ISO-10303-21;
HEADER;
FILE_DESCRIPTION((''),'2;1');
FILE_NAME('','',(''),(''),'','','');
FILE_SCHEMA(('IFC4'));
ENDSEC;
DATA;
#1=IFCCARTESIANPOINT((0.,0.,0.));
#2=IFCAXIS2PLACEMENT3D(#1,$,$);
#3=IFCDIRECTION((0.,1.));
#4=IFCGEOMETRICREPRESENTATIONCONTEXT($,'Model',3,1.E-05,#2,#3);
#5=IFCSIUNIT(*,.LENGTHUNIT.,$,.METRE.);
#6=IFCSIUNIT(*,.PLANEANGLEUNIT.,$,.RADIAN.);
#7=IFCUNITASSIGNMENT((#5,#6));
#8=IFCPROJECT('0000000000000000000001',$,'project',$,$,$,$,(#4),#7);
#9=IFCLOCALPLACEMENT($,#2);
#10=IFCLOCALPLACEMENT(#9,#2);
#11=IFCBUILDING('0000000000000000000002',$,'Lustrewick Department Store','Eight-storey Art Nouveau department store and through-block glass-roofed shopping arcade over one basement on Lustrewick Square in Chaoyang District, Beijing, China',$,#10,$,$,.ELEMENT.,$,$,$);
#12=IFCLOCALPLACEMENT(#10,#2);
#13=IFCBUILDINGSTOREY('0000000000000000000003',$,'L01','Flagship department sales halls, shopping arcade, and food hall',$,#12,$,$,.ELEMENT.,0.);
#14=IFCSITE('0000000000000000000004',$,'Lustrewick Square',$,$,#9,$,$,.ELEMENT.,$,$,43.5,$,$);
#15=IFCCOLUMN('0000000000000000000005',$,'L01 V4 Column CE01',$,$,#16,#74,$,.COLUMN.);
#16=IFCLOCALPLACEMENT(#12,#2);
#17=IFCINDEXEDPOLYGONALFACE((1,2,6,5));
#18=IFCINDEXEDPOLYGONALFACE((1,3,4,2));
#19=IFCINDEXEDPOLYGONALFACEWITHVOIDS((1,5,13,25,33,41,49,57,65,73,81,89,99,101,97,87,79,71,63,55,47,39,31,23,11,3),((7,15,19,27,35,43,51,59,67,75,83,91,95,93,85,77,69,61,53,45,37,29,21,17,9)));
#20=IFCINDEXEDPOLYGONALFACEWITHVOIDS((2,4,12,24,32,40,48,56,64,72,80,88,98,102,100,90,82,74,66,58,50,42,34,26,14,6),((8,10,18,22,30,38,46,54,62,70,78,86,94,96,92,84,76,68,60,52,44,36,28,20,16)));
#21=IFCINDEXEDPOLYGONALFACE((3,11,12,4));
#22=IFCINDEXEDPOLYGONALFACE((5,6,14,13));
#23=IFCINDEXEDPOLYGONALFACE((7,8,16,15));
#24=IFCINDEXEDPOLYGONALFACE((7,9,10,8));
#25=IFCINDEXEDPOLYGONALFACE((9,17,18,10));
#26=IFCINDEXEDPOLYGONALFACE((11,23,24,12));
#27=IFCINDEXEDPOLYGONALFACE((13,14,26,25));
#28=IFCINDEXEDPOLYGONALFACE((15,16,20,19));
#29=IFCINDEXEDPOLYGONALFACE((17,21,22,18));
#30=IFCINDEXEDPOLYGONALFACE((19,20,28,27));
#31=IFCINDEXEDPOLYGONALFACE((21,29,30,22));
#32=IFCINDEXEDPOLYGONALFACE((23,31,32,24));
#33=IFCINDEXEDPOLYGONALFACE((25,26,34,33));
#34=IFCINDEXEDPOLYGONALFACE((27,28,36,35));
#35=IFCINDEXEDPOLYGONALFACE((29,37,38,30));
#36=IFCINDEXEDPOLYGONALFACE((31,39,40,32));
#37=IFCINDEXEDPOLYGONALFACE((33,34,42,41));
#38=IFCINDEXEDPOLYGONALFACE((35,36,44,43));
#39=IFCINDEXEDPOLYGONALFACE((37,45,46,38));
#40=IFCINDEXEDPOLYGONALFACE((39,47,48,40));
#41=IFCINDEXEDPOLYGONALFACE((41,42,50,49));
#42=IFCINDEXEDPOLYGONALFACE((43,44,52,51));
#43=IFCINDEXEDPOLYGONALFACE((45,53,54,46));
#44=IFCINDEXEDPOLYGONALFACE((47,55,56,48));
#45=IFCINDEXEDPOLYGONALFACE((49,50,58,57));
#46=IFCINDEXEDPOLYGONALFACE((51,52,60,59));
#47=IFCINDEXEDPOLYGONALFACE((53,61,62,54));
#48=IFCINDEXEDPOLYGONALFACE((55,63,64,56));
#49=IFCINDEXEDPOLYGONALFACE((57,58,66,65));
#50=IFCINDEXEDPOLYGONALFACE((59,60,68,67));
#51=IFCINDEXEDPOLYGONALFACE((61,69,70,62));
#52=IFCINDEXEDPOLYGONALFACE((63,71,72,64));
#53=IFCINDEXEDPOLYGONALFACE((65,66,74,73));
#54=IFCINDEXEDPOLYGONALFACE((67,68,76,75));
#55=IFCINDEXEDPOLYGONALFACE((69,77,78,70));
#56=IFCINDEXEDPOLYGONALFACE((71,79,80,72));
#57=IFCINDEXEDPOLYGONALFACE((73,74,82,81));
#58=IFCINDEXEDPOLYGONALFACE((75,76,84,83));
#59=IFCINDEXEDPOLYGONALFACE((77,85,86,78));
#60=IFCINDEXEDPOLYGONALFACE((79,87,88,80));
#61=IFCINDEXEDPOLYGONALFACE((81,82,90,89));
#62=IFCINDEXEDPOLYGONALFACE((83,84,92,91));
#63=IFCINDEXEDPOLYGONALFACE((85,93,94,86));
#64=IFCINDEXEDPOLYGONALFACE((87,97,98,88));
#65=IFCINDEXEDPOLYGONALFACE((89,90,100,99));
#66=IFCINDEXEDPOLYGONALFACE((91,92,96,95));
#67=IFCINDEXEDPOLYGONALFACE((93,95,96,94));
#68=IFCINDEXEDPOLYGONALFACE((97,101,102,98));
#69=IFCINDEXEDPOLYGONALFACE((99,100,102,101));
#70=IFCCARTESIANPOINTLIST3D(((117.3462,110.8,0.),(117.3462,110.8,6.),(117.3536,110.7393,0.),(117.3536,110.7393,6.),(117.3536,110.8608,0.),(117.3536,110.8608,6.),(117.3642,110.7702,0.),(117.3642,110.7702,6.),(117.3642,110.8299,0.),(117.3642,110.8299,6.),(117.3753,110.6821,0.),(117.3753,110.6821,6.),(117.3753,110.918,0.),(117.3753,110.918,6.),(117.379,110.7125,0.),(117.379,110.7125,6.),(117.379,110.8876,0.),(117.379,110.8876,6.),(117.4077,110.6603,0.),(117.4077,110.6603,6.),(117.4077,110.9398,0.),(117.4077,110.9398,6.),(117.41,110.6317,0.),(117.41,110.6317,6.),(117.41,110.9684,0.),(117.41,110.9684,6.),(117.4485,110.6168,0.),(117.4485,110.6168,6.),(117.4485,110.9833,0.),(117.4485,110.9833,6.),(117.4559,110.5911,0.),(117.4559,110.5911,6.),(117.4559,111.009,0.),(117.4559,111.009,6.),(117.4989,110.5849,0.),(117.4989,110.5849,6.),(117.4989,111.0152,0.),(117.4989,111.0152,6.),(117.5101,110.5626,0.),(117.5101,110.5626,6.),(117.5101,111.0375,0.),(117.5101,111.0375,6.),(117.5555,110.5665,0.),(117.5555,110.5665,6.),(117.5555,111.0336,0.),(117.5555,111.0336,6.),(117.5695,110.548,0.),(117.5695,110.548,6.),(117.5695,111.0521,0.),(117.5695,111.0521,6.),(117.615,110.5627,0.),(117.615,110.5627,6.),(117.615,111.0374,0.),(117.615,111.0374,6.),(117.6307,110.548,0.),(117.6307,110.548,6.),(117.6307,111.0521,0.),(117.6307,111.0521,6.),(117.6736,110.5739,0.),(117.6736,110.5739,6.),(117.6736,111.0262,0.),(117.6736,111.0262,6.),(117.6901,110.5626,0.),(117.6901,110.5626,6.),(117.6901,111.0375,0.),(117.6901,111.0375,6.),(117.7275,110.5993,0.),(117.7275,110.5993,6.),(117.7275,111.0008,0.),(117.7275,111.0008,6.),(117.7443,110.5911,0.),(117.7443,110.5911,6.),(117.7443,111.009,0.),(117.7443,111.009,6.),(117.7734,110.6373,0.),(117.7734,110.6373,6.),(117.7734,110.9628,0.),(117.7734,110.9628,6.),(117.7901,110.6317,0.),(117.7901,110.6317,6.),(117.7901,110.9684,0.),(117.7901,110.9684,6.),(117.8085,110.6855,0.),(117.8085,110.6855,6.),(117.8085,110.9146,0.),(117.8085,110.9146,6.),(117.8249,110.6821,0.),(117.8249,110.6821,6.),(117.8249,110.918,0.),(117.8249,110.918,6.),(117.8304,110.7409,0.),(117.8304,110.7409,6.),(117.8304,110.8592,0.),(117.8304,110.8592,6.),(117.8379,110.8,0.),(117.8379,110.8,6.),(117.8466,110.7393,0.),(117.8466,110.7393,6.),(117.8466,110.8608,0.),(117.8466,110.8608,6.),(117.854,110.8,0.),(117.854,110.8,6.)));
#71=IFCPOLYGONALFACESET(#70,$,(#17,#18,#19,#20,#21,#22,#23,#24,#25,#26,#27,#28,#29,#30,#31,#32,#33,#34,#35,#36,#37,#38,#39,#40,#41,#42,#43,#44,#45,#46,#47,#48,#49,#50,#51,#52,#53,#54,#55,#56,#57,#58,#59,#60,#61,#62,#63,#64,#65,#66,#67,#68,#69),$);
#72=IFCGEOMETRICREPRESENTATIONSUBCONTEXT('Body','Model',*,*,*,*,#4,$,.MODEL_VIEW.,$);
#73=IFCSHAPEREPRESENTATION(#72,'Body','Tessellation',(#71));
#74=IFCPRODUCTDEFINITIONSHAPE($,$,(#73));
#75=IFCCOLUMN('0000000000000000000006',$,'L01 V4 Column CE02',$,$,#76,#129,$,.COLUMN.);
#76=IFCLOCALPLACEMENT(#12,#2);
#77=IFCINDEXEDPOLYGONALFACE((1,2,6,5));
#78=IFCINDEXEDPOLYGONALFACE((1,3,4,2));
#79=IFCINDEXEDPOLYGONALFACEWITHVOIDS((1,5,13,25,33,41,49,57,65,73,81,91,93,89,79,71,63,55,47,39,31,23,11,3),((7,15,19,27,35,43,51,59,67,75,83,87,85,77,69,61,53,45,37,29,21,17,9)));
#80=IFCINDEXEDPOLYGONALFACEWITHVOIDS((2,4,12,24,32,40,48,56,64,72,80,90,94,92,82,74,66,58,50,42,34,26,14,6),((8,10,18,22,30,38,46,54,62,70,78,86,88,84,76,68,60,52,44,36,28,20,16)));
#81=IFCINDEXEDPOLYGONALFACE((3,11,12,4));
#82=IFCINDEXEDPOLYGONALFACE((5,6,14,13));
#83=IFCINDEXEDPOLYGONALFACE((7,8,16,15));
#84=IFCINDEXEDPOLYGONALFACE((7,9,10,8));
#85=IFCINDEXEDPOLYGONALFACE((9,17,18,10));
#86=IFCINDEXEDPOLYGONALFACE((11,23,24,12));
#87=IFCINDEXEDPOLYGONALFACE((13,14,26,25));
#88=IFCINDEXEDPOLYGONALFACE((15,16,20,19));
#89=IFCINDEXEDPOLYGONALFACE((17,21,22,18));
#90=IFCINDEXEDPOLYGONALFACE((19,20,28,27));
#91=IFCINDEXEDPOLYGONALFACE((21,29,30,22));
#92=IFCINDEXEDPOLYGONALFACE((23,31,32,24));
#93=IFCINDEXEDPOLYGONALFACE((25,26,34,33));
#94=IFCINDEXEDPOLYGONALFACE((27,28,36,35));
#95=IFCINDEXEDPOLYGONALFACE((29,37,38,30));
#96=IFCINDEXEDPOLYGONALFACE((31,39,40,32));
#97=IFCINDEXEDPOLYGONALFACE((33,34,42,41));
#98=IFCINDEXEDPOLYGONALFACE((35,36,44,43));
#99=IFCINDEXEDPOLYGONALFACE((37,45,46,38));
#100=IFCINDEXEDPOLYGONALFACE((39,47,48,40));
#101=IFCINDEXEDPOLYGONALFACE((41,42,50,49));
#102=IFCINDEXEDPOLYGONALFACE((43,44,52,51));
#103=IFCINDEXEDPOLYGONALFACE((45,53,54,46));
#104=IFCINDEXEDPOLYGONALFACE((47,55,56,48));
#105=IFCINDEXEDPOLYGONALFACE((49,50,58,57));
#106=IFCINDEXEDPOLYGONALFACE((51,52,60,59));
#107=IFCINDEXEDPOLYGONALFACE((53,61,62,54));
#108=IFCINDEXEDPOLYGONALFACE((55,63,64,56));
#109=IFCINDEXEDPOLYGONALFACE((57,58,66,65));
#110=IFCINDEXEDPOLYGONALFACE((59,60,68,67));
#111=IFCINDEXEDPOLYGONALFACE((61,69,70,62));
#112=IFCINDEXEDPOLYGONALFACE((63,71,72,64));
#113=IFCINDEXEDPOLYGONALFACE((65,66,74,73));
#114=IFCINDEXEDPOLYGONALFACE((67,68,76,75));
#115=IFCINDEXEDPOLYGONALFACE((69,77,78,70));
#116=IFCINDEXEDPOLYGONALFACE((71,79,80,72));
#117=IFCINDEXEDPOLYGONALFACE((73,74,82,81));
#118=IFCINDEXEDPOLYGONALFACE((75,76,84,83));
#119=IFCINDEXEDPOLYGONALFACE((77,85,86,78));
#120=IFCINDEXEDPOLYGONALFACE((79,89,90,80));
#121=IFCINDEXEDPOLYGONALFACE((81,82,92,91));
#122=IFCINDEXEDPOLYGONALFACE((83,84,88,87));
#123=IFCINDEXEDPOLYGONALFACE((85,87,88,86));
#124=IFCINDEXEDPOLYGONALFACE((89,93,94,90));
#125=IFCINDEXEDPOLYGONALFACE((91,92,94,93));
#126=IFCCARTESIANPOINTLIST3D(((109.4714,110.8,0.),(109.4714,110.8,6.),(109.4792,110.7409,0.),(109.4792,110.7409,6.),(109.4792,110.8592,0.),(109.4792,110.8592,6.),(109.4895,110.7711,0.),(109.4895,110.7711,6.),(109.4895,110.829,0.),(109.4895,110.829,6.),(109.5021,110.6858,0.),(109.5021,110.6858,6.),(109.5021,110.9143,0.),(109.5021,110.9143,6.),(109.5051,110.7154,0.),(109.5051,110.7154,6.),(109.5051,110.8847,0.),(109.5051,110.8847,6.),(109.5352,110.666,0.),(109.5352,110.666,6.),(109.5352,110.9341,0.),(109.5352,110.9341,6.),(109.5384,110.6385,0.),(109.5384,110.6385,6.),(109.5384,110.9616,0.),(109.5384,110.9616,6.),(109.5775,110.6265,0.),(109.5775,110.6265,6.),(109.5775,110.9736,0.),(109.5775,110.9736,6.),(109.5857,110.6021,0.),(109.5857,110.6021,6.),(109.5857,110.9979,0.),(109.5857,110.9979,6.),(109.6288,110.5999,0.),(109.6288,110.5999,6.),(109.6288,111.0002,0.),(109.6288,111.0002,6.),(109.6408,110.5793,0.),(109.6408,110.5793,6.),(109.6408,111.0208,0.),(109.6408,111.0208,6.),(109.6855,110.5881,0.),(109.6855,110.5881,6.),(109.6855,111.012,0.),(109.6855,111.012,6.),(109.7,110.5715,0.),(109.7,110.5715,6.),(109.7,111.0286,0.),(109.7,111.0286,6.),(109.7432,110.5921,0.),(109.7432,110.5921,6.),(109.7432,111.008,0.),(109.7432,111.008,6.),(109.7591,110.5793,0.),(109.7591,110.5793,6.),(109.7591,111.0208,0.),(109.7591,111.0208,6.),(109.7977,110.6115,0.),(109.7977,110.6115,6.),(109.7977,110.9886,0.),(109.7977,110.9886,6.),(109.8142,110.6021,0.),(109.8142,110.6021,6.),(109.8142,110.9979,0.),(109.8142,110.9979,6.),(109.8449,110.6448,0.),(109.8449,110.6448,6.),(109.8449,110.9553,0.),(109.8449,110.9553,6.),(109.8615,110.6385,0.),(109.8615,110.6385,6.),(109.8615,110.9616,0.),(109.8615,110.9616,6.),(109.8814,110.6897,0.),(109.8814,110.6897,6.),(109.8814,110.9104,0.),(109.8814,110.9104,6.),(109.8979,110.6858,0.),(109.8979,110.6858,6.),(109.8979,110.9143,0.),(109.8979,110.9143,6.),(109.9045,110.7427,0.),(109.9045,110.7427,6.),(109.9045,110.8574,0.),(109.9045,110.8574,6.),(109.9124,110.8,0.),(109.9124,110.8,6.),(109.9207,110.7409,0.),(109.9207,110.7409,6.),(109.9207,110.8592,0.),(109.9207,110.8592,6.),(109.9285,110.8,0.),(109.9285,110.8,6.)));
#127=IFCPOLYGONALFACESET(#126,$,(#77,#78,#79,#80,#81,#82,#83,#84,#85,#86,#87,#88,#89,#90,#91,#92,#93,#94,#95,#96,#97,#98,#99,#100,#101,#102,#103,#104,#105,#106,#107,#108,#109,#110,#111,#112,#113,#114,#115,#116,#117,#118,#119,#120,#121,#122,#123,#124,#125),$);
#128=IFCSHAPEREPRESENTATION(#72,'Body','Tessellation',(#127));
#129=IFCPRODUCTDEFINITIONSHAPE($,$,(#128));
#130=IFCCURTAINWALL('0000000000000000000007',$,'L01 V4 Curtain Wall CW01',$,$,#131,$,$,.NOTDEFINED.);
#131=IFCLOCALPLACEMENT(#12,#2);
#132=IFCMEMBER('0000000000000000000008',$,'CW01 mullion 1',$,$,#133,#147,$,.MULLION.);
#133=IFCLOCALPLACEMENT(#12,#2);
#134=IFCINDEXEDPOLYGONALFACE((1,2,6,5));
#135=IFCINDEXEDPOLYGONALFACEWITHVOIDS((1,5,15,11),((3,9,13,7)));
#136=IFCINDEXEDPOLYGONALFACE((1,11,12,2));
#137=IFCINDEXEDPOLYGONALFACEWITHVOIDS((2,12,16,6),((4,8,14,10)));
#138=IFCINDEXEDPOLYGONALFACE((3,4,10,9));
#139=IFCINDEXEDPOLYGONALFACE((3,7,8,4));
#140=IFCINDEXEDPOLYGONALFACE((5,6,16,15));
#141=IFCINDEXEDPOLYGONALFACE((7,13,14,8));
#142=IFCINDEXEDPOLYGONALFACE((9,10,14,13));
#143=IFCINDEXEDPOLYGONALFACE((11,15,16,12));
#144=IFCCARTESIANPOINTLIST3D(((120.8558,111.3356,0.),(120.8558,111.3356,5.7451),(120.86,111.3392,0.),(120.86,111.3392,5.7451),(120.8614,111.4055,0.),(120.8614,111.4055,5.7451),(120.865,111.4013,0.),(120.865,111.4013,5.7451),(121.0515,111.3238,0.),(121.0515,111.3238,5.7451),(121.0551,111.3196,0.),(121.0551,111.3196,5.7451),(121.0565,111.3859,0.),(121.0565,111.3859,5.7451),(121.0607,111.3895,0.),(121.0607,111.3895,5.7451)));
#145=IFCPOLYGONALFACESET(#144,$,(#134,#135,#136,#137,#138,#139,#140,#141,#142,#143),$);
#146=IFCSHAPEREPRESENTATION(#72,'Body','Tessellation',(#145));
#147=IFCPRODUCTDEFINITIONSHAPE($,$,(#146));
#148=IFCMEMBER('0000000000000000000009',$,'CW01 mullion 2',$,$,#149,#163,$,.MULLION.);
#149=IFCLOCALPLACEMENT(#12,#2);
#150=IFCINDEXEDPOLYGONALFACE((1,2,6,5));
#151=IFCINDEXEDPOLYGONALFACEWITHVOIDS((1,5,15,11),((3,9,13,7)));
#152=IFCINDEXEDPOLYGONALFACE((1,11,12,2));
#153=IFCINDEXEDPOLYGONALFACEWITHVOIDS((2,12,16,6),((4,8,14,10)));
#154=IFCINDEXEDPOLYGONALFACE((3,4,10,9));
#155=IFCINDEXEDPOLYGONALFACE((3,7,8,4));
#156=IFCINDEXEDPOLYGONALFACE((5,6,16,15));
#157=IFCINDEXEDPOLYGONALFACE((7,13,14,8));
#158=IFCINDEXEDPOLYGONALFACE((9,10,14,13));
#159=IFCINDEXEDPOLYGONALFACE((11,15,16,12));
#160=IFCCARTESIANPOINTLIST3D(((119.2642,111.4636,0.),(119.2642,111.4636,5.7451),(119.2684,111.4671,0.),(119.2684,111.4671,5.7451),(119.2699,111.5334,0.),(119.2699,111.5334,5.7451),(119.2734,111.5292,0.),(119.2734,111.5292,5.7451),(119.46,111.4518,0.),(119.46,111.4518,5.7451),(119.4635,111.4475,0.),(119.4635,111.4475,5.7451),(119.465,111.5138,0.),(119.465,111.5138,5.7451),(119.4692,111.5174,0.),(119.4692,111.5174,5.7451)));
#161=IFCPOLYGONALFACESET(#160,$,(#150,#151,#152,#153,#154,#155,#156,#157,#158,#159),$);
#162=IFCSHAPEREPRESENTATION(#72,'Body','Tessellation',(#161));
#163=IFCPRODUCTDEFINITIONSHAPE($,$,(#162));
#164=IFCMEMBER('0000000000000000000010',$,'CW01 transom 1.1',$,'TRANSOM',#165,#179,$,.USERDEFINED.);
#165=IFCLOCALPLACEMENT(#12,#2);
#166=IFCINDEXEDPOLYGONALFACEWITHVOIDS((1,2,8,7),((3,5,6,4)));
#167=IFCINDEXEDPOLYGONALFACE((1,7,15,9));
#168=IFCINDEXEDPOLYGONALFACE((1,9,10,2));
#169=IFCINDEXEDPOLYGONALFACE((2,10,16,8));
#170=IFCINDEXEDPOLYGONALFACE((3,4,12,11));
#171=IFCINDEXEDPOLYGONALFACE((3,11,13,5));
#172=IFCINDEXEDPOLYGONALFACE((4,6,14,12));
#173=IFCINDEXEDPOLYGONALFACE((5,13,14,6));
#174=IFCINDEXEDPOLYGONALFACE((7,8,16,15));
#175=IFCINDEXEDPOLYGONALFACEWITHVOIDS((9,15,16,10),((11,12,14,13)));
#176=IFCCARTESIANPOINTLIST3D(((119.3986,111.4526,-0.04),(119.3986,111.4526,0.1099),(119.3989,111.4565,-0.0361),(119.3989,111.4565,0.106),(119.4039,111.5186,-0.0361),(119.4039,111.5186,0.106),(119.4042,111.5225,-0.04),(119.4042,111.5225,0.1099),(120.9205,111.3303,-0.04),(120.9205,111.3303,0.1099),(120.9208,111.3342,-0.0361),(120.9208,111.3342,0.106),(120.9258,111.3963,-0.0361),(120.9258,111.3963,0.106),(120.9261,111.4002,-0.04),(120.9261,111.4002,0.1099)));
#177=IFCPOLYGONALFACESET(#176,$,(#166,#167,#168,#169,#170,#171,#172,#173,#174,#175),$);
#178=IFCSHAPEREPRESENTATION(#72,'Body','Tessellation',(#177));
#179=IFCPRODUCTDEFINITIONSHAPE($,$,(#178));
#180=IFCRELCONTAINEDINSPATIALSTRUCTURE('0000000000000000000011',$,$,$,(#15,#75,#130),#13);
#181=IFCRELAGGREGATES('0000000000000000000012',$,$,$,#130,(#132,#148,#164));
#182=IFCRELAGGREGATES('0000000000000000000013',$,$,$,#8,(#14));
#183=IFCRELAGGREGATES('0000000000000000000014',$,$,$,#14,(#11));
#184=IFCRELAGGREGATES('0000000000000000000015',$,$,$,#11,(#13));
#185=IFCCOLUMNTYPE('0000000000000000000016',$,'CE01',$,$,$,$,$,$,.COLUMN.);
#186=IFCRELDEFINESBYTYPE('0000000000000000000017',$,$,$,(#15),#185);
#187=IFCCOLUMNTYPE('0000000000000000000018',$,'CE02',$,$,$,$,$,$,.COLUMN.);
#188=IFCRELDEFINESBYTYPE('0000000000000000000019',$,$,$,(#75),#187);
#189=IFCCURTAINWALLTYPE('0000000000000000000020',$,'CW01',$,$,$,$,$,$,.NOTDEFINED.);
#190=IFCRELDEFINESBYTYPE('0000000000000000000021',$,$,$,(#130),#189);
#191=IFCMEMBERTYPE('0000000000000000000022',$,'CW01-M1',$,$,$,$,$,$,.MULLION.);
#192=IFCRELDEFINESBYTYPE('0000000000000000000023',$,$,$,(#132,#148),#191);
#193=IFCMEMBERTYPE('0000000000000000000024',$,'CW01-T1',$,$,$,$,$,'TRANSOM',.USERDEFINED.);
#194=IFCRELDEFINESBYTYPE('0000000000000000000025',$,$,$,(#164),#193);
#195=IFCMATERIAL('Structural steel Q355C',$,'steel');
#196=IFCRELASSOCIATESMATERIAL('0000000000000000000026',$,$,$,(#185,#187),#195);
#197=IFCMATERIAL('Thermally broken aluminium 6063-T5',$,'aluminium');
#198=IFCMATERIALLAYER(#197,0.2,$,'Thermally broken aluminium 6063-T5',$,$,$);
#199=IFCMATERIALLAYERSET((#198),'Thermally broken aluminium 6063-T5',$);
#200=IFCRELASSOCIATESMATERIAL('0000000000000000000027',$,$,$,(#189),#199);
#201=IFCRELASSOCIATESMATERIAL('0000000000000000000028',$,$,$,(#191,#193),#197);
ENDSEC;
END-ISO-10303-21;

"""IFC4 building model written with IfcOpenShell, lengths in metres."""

from ifc_helpers import new_model, si_unit, direction, frame, origin, origin_2d, place, context, subcontext, project, spatial, hollow_rectangle, hollow_circle, extrude, material, layer, layer_set, material_profile, profile_set, type_object, element, aggregate, save


model = new_model("IFC4")

# Units and contexts
model_context = context("Model", 3, precision=1e-05, world=origin(), true_north=direction((0.0, 1.0)))
body_context = subcontext(model_context, "Body", "Model", "MODEL_VIEW")
ifc_project = project(units=[si_unit("LENGTHUNIT", "METRE"), si_unit("PLANEANGLEUNIT", "RADIAN")], contexts=[model_context])

# Site, building, storey
site_placement = place(None, origin())
site = spatial("IfcSite", under=ifc_project, at=site_placement, Name="Lustrewick Square", CompositionType="ELEMENT", RefElevation=43.5)
building_placement = place(site_placement, origin())
building = spatial("IfcBuilding", under=site, at=building_placement, Name="Lustrewick Department Store", Description="Eight-storey Art Nouveau department store and through-block glass-roofed shopping arcade over one basement on Lustrewick Square in Chaoyang District, Beijing, China", CompositionType="ELEMENT")
storey_placement = place(building_placement, origin())
storey = spatial("IfcBuildingStorey", under=building, at=storey_placement, Name="L01", Description="Flagship department sales halls, shopping arcade, and food hall", CompositionType="ELEMENT", Elevation=0.0)

# Columns
ifc_material_1 = material(Name="Structural steel Q355C", Category="steel")
ifc_material_profile_1 = material_profile(ifc_material_1, hollow_circle(Radius=0.2539, WallThickness=0.0161, at=origin_2d()), Name="CHS 508x16")
ifc_profile_set_1 = profile_set([ifc_material_profile_1], Name="Structural steel Q355C")
column_type_1 = type_object("IfcColumnType", Name="CE01", PredefinedType="COLUMN", material=ifc_profile_set_1)
column_1_placement = place(storey_placement, frame((117.6001, 110.8, 0.0), z_axis=(0.0, 0.0, 1.0), x_axis=(1.0, 0.0, 0.0)))
element("IfcColumn", 1, at=column_1_placement, inside=storey, type_object=column_type_1, Name="L01 V4 Column CE01", PredefinedType="COLUMN", context=body_context, shape_type="SweptSolid", body=[
    extrude(hollow_circle(Radius=0.2539, WallThickness=0.0161, at=origin_2d()), origin(), (0.0, 0.0, 1.0), 6.0),
])
ifc_material_profile_2 = material_profile(ifc_material_1, hollow_circle(Radius=0.2285, WallThickness=0.0161, at=origin_2d()), Name="CHS 457x16")
ifc_profile_set_2 = profile_set([ifc_material_profile_2], Name="Structural steel Q355C")
column_type_2 = type_object("IfcColumnType", Name="CE02", PredefinedType="COLUMN", material=ifc_profile_set_2)
column_2_placement = place(storey_placement, frame((109.7, 110.8, 0.0), z_axis=(0.0, 0.0, 1.0), x_axis=(1.0, 0.0, 0.0)))
element("IfcColumn", 2, at=column_2_placement, inside=storey, type_object=column_type_2, Name="L01 V4 Column CE02", PredefinedType="COLUMN", context=body_context, shape_type="SweptSolid", body=[
    extrude(hollow_circle(Radius=0.2285, WallThickness=0.0161, at=origin_2d()), origin(), (0.0, 0.0, 1.0), 6.0),
])

# Curtain wall, members
ifc_material_2 = material(Name="Thermally broken aluminium 6063-T5", Category="aluminium")
ifc_layer_1 = layer(ifc_material_2, 0.2, Name="Thermally broken aluminium 6063-T5")
ifc_layer_set_1 = layer_set([ifc_layer_1], Name="Thermally broken aluminium 6063-T5")
curtain_wall_type_1 = type_object("IfcCurtainWallType", Name="CW01", PredefinedType="NOTDEFINED", material=ifc_layer_set_1)
curtain_wall_1_placement = place(storey_placement, origin())
curtain_wall_1 = element("IfcCurtainWall", 3, at=curtain_wall_1_placement, inside=storey, type_object=curtain_wall_type_1, Name="L01 V4 Curtain Wall CW01", PredefinedType="NOTDEFINED")
ifc_material_profile_3 = material_profile(ifc_material_2, hollow_rectangle(XDim=0.0701, YDim=0.2, WallThickness=0.0039, at=origin_2d()), Name="ALU-M 70x200x4")
ifc_profile_set_3 = profile_set([ifc_material_profile_3], Name="Thermally broken aluminium 6063-T5")
member_type_1 = type_object("IfcMemberType", Name="CW01-M1", PredefinedType="MULLION", material=ifc_profile_set_3)
member_1_placement = place(storey_placement, frame((120.9583, 111.3625, 0.0), z_axis=(0.0, 0.0, 1.0), x_axis=(-0.080091, -0.996788, 0.0)))
member_1 = element("IfcMember", 4, at=member_1_placement, type_object=member_type_1, Name="CW01 mullion 1", PredefinedType="MULLION", context=body_context, shape_type="SweptSolid", body=[
    extrude(hollow_rectangle(XDim=0.0701, YDim=0.2, WallThickness=0.0039, at=origin_2d()), origin(), (0.0, 0.0, 1.0), 5.7451),
])
member_2_placement = place(storey_placement, frame((119.3667, 111.4905, 0.0), z_axis=(0.0, 0.0, 1.0), x_axis=(-0.080091, -0.996788, 0.0)))
member_2 = element("IfcMember", 5, at=member_2_placement, type_object=member_type_1, Name="CW01 mullion 2", PredefinedType="MULLION", context=body_context, shape_type="SweptSolid", body=[
    extrude(hollow_rectangle(XDim=0.0701, YDim=0.2, WallThickness=0.0039, at=origin_2d()), origin(), (0.0, 0.0, 1.0), 5.7451),
])
ifc_material_profile_4 = material_profile(ifc_material_2, hollow_rectangle(XDim=0.0701, YDim=0.1499, WallThickness=0.0039, at=origin_2d()), Name="ALU-T 70x150x4")
ifc_profile_set_4 = profile_set([ifc_material_profile_4], Name="Thermally broken aluminium 6063-T5")
member_type_2 = type_object("IfcMemberType", Name="CW01-T1", ElementType="TRANSOM", PredefinedType="USERDEFINED", material=ifc_profile_set_4)
member_3_placement = place(storey_placement, frame((120.9233, 111.3652, 0.0349), z_axis=(-0.996786, 0.080107, 0.0), x_axis=(-0.080107, -0.996786, 0.0)))
member_3 = element("IfcMember", 6, at=member_3_placement, type_object=member_type_2, Name="CW01 transom 1.1", ObjectType="TRANSOM", PredefinedType="USERDEFINED", context=body_context, shape_type="SweptSolid", body=[
    extrude(hollow_rectangle(XDim=0.0701, YDim=0.1499, WallThickness=0.0039, at=origin_2d()), origin(), (0.0, 0.0, 1.0), 1.5269),
])

aggregate(curtain_wall_1, [member_1, member_2, member_3])

save(model, "model.ifc")
